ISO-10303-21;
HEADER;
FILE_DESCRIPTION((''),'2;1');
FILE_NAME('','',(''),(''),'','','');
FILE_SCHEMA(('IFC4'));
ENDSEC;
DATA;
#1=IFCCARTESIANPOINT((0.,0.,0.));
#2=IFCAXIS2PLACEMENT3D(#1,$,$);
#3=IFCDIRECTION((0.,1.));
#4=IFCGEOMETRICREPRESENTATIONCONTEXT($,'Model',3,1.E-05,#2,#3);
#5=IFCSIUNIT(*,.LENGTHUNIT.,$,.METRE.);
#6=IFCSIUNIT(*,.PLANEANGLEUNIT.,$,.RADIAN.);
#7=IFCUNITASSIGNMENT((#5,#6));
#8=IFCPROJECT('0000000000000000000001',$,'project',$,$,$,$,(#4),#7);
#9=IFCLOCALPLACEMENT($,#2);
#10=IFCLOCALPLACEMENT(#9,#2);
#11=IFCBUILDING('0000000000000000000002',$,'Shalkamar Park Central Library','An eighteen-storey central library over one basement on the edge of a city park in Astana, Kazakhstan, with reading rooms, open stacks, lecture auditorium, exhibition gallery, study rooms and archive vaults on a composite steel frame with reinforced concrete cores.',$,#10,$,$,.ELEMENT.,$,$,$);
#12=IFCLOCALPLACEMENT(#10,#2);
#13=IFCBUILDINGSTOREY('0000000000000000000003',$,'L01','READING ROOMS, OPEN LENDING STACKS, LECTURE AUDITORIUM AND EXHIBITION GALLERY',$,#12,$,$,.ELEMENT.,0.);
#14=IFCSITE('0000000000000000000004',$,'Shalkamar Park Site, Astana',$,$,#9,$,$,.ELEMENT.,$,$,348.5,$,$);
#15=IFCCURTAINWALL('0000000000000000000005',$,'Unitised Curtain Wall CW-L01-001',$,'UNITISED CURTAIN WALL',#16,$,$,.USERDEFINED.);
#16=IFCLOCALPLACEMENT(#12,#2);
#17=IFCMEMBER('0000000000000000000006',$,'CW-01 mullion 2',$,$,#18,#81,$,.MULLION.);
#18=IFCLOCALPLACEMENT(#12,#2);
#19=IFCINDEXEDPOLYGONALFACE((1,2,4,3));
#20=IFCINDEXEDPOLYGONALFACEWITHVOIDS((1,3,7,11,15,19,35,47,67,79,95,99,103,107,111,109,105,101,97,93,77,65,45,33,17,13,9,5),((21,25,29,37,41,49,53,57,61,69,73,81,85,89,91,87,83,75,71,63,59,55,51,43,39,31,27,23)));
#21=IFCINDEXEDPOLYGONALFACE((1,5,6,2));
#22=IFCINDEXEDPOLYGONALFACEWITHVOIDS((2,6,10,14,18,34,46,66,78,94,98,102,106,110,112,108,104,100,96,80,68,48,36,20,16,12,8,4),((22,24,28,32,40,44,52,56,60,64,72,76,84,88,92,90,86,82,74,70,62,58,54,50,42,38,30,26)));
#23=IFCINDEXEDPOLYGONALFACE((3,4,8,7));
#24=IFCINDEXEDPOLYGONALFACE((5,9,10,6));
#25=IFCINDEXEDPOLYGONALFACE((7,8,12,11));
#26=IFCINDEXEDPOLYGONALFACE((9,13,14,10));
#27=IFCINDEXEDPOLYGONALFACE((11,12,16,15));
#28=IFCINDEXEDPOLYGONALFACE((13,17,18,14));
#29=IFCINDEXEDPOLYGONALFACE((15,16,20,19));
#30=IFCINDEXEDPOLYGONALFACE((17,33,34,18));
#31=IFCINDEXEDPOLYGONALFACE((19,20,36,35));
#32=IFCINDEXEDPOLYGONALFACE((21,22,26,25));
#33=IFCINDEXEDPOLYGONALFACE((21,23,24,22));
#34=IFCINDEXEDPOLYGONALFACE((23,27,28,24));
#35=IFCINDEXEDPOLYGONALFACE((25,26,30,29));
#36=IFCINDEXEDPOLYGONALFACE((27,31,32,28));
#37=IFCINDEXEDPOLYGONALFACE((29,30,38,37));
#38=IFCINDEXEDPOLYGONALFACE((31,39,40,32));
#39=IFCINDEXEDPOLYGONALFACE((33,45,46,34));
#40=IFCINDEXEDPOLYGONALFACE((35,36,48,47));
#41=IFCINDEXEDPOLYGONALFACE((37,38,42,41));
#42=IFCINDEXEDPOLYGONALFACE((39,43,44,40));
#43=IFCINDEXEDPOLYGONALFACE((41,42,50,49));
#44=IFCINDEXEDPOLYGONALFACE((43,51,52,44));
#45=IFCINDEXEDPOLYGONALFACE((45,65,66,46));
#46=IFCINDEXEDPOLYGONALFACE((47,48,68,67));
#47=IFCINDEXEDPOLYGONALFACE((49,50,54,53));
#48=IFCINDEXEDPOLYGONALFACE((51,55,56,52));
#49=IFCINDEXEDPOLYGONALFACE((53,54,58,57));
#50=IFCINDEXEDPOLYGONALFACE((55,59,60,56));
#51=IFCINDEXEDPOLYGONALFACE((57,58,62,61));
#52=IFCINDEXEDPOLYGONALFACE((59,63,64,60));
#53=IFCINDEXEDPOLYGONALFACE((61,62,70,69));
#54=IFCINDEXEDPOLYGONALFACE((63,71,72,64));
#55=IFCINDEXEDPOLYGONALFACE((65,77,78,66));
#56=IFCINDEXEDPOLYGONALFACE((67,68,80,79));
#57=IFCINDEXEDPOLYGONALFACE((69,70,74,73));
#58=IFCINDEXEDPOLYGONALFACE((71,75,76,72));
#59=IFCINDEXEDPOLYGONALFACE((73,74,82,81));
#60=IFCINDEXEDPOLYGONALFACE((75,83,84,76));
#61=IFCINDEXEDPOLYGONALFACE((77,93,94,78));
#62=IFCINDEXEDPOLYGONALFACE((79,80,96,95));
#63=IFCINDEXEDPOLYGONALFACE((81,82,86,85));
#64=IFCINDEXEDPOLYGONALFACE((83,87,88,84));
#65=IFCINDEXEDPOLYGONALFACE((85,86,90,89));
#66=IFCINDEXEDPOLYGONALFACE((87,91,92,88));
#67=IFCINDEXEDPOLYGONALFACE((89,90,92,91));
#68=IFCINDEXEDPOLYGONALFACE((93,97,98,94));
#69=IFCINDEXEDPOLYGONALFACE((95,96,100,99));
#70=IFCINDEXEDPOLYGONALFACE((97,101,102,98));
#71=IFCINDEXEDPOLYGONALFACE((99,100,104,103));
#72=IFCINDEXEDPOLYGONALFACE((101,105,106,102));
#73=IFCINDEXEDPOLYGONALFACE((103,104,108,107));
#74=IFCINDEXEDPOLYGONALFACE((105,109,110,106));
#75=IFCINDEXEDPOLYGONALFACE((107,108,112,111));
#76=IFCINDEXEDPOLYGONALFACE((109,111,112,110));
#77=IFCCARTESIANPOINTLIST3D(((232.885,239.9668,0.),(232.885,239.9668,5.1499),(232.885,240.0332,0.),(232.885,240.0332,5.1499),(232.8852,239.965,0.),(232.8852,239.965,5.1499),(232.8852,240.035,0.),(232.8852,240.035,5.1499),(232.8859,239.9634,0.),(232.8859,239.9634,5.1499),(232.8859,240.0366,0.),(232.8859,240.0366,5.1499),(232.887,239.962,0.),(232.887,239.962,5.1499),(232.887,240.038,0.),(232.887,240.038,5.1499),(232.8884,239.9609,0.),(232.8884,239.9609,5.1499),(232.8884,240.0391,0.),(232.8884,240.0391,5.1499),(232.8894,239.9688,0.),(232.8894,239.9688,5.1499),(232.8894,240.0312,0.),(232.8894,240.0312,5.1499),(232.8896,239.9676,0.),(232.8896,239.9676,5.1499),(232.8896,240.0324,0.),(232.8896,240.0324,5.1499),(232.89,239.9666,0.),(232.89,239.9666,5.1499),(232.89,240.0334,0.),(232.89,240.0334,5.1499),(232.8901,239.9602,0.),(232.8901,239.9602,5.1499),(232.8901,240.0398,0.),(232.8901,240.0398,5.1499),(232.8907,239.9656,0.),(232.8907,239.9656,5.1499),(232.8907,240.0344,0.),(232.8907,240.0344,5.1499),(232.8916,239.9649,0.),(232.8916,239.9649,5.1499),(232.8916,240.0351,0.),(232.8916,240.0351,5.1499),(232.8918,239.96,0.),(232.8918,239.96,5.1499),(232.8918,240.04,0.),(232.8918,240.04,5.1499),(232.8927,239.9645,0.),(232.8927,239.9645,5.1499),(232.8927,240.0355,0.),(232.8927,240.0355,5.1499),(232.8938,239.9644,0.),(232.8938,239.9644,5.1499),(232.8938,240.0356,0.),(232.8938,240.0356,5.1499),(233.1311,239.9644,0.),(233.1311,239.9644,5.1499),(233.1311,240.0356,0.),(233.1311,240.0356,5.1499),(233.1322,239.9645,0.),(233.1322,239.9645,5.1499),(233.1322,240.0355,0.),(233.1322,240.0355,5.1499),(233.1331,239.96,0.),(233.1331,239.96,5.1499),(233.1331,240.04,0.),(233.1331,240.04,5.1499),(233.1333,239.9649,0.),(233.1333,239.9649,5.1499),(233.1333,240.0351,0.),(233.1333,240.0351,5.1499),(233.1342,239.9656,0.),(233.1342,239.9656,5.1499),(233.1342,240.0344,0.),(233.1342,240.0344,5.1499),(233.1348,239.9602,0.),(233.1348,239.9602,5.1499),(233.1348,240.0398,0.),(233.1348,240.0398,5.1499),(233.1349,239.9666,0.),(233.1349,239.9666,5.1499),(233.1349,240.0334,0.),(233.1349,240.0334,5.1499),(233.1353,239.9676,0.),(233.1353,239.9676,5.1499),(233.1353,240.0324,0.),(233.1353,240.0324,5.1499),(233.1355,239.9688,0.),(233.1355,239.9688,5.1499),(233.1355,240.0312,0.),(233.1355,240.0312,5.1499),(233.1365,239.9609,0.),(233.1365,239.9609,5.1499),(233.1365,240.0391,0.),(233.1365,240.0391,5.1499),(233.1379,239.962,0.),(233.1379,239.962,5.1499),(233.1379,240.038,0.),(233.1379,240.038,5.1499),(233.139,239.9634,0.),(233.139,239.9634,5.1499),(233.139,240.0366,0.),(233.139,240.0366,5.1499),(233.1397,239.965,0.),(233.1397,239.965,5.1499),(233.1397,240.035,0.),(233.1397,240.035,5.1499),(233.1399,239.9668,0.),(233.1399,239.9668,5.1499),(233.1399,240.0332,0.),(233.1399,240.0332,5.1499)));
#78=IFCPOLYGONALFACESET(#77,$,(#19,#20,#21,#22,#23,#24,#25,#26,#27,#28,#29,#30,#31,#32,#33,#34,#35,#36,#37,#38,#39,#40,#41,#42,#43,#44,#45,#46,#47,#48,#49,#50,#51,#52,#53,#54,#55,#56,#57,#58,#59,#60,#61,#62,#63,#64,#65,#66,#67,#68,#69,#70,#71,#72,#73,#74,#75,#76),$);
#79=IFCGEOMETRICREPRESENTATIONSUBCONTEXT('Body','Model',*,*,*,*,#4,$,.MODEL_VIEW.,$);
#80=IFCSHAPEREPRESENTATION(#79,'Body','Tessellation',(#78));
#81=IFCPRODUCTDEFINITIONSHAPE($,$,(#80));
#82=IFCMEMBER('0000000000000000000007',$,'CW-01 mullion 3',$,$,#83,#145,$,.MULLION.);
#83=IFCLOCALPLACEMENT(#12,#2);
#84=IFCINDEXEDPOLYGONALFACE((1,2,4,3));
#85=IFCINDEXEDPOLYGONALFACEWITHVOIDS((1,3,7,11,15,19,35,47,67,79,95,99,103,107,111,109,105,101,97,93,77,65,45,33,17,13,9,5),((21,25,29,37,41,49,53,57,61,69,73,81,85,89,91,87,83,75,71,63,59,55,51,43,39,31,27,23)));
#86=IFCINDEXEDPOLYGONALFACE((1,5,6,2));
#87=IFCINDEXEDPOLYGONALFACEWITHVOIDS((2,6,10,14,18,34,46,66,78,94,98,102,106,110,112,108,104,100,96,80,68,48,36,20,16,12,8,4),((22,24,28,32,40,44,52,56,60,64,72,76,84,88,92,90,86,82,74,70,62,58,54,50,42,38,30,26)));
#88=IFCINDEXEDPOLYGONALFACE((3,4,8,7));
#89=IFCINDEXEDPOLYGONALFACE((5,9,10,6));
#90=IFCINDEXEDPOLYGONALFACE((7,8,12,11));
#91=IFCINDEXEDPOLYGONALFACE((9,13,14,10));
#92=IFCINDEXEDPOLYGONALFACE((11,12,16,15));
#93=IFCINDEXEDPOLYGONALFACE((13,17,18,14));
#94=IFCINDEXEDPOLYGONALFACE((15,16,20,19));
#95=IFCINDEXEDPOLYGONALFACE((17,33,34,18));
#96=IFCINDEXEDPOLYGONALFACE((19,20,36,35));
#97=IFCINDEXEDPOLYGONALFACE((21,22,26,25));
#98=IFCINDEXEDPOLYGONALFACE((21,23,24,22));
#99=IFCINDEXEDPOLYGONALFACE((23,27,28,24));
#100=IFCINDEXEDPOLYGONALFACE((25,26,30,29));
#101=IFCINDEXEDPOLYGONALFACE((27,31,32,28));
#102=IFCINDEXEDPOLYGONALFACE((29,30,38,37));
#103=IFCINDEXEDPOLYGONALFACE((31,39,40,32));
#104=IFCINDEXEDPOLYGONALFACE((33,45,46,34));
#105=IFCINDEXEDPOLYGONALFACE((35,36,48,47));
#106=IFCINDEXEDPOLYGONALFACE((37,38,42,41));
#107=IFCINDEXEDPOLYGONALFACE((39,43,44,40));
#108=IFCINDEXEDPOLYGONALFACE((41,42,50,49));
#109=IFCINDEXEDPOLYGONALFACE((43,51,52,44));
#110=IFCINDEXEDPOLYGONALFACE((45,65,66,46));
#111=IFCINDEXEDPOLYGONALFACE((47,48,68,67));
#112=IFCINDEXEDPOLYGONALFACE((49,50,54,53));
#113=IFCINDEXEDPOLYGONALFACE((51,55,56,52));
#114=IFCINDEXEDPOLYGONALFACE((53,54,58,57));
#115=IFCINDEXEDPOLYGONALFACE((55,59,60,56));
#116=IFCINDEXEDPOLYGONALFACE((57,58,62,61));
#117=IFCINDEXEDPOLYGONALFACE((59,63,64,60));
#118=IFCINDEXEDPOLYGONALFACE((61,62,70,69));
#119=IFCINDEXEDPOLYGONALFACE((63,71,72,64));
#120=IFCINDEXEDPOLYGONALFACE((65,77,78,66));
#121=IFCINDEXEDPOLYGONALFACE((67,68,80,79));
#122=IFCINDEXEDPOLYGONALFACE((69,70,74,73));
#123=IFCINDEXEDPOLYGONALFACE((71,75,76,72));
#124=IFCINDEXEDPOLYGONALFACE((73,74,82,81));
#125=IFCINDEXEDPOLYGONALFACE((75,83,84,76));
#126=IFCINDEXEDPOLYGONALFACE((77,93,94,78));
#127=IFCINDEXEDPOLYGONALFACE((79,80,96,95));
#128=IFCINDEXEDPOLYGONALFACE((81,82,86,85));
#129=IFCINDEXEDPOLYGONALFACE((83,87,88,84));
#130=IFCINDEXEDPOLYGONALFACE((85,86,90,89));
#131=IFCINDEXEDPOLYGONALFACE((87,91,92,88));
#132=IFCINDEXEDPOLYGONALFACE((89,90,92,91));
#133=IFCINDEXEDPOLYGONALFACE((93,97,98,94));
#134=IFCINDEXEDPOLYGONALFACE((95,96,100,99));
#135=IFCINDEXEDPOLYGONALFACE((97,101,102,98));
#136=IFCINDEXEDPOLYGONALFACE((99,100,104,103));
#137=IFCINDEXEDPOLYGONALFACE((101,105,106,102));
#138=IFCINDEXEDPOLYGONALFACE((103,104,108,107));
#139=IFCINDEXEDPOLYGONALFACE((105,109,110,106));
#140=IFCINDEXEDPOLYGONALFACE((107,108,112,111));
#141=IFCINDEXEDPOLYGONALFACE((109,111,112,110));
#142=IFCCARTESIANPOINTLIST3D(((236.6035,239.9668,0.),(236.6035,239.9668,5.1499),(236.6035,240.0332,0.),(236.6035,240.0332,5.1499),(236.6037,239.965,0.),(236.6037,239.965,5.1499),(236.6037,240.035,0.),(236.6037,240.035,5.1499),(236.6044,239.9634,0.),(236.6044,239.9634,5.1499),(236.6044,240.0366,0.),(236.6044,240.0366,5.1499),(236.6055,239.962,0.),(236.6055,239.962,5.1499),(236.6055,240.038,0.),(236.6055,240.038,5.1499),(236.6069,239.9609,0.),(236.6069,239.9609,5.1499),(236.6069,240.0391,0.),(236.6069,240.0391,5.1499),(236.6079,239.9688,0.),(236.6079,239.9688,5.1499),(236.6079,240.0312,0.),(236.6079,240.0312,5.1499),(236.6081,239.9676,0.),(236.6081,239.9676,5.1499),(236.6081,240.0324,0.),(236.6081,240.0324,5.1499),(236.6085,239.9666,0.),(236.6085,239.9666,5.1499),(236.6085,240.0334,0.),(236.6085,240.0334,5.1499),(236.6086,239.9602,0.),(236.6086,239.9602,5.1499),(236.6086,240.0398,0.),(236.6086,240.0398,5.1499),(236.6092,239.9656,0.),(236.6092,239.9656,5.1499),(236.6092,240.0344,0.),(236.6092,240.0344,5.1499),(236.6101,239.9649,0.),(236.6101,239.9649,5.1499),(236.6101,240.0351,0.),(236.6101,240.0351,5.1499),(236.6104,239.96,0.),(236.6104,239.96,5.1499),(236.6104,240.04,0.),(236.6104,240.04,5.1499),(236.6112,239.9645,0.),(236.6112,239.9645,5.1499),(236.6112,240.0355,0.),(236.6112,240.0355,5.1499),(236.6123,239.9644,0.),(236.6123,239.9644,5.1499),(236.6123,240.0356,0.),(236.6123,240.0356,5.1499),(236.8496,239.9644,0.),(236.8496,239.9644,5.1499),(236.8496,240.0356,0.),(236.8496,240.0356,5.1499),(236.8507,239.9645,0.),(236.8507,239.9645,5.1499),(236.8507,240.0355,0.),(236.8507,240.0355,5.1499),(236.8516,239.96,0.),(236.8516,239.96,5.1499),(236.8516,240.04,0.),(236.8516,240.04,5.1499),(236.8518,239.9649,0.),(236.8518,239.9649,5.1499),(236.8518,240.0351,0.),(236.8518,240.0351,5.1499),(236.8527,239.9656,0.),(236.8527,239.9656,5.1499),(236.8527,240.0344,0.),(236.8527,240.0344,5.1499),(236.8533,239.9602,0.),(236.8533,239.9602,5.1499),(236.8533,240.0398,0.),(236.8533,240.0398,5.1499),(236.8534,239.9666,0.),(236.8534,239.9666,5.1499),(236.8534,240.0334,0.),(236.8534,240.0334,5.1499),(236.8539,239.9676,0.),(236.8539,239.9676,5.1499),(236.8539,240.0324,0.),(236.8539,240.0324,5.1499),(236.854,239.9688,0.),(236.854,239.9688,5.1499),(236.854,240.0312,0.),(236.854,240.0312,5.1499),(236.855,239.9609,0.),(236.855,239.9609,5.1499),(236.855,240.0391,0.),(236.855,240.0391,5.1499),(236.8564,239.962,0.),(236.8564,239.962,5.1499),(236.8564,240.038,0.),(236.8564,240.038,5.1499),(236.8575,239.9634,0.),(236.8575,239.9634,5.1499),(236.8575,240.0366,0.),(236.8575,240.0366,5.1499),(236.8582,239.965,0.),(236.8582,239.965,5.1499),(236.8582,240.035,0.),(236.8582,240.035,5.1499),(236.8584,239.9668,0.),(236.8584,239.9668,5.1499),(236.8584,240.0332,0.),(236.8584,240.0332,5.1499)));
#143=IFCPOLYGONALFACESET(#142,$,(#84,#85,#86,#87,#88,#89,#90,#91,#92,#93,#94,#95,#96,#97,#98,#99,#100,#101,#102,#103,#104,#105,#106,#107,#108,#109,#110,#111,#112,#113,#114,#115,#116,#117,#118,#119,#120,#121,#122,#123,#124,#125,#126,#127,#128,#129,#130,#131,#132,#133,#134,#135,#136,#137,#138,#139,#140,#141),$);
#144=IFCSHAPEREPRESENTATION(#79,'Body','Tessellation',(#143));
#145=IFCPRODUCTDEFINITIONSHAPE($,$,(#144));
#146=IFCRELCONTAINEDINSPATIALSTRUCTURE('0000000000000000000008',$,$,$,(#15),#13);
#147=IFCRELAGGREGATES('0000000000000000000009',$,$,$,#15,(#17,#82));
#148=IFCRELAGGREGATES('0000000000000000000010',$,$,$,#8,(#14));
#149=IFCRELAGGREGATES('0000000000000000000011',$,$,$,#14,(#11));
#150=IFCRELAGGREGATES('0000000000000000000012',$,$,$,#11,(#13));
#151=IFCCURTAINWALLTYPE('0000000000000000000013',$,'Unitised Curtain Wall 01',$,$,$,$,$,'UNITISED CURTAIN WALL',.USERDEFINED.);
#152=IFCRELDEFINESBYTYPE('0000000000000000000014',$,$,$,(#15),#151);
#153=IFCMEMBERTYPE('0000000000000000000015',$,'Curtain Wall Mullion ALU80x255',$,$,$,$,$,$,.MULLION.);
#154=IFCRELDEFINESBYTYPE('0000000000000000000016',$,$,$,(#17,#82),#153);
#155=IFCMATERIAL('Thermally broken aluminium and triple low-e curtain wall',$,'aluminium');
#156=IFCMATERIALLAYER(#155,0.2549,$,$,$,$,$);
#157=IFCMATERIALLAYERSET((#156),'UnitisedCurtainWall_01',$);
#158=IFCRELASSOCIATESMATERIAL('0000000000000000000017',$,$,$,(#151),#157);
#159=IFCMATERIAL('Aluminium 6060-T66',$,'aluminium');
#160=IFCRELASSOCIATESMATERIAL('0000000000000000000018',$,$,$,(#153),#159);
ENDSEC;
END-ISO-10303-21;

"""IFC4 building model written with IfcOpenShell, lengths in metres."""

from ifc_helpers import new_model, si_unit, direction, frame, origin, origin_2d, place, context, subcontext, project, spatial, hollow_rectangle, extrude, material, layer, layer_set, material_profile, profile_set, type_object, element, aggregate, save


model = new_model("IFC4")

# Units and contexts
model_context = context("Model", 3, precision=1e-05, world=origin(), true_north=direction((0.0, 1.0)))
body_context = subcontext(model_context, "Body", "Model", "MODEL_VIEW")
ifc_project = project(units=[si_unit("LENGTHUNIT", "METRE"), si_unit("PLANEANGLEUNIT", "RADIAN")], contexts=[model_context])

# Site, building, storey
site_placement = place(None, origin())
site = spatial("IfcSite", under=ifc_project, at=site_placement, Name="Shalkamar Park Site, Astana", CompositionType="ELEMENT", RefElevation=348.5)
building_placement = place(site_placement, origin())
building = spatial("IfcBuilding", under=site, at=building_placement, Name="Shalkamar Park Central Library", Description="An eighteen-storey central library over one basement on the edge of a city park in Astana, Kazakhstan, with reading rooms, open stacks, lecture auditorium, exhibition gallery, study rooms and archive vaults on a composite steel frame with reinforced concrete cores.", CompositionType="ELEMENT")
storey_placement = place(building_placement, origin())
storey = spatial("IfcBuildingStorey", under=building, at=storey_placement, Name="L01", Description="READING ROOMS, OPEN LENDING STACKS, LECTURE AUDITORIUM AND EXHIBITION GALLERY", CompositionType="ELEMENT", Elevation=0.0)

# Curtain wall, members
ifc_material_1 = material(Name="Thermally broken aluminium and triple low-e curtain wall", Category="aluminium")
ifc_layer_1 = layer(ifc_material_1, 0.2549)
ifc_layer_set_1 = layer_set([ifc_layer_1], Name="UnitisedCurtainWall_01")
curtain_wall_type_1 = type_object("IfcCurtainWallType", Name="Unitised Curtain Wall 01", ElementType="UNITISED CURTAIN WALL", PredefinedType="USERDEFINED", material=ifc_layer_set_1)
curtain_wall_1_placement = place(storey_placement, origin())
curtain_wall_1 = element("IfcCurtainWall", 1, at=curtain_wall_1_placement, inside=storey, type_object=curtain_wall_type_1, Name="Unitised Curtain Wall CW-L01-001", ObjectType="UNITISED CURTAIN WALL", PredefinedType="USERDEFINED")
ifc_material_2 = material(Name="Aluminium 6060-T66", Category="aluminium")
ifc_material_profile_1 = material_profile(ifc_material_2, hollow_rectangle(XDim=0.0801, YDim=0.2549, WallThickness=0.0044, InnerFilletRadius=0.0044, OuterFilletRadius=0.0068, at=origin_2d()), Name="ALU 80x255x4.5")
ifc_profile_set_1 = profile_set([ifc_material_profile_1], Name="Aluminium 6060-T66")
member_type_1 = type_object("IfcMemberType", Name="Curtain Wall Mullion ALU80x255", PredefinedType="MULLION", material=ifc_profile_set_1)
member_1_placement = place(storey_placement, frame((233.0125, 240.0, 0.0), z_axis=(0.0, 0.0, 1.0), x_axis=(0.0, 1.0, 0.0)))
member_1 = element("IfcMember", 2, at=member_1_placement, type_object=member_type_1, Name="CW-01 mullion 2", PredefinedType="MULLION", context=body_context, shape_type="SweptSolid", body=[
    extrude(hollow_rectangle(XDim=0.0801, YDim=0.2549, WallThickness=0.0044, InnerFilletRadius=0.0044, OuterFilletRadius=0.0068, at=origin_2d()), origin(), (0.0, 0.0, 1.0), 5.1499),
])
member_2_placement = place(storey_placement, frame((236.731, 240.0, 0.0), z_axis=(0.0, 0.0, 1.0), x_axis=(0.0, 1.0, 0.0)))
member_2 = element("IfcMember", 3, at=member_2_placement, type_object=member_type_1, Name="CW-01 mullion 3", PredefinedType="MULLION", context=body_context, shape_type="SweptSolid", body=[
    extrude(hollow_rectangle(XDim=0.0801, YDim=0.2549, WallThickness=0.0044, InnerFilletRadius=0.0044, OuterFilletRadius=0.0068, at=origin_2d()), origin(), (0.0, 0.0, 1.0), 5.1499),
])

aggregate(curtain_wall_1, [member_1, member_2])

save(model, "model.ifc")
